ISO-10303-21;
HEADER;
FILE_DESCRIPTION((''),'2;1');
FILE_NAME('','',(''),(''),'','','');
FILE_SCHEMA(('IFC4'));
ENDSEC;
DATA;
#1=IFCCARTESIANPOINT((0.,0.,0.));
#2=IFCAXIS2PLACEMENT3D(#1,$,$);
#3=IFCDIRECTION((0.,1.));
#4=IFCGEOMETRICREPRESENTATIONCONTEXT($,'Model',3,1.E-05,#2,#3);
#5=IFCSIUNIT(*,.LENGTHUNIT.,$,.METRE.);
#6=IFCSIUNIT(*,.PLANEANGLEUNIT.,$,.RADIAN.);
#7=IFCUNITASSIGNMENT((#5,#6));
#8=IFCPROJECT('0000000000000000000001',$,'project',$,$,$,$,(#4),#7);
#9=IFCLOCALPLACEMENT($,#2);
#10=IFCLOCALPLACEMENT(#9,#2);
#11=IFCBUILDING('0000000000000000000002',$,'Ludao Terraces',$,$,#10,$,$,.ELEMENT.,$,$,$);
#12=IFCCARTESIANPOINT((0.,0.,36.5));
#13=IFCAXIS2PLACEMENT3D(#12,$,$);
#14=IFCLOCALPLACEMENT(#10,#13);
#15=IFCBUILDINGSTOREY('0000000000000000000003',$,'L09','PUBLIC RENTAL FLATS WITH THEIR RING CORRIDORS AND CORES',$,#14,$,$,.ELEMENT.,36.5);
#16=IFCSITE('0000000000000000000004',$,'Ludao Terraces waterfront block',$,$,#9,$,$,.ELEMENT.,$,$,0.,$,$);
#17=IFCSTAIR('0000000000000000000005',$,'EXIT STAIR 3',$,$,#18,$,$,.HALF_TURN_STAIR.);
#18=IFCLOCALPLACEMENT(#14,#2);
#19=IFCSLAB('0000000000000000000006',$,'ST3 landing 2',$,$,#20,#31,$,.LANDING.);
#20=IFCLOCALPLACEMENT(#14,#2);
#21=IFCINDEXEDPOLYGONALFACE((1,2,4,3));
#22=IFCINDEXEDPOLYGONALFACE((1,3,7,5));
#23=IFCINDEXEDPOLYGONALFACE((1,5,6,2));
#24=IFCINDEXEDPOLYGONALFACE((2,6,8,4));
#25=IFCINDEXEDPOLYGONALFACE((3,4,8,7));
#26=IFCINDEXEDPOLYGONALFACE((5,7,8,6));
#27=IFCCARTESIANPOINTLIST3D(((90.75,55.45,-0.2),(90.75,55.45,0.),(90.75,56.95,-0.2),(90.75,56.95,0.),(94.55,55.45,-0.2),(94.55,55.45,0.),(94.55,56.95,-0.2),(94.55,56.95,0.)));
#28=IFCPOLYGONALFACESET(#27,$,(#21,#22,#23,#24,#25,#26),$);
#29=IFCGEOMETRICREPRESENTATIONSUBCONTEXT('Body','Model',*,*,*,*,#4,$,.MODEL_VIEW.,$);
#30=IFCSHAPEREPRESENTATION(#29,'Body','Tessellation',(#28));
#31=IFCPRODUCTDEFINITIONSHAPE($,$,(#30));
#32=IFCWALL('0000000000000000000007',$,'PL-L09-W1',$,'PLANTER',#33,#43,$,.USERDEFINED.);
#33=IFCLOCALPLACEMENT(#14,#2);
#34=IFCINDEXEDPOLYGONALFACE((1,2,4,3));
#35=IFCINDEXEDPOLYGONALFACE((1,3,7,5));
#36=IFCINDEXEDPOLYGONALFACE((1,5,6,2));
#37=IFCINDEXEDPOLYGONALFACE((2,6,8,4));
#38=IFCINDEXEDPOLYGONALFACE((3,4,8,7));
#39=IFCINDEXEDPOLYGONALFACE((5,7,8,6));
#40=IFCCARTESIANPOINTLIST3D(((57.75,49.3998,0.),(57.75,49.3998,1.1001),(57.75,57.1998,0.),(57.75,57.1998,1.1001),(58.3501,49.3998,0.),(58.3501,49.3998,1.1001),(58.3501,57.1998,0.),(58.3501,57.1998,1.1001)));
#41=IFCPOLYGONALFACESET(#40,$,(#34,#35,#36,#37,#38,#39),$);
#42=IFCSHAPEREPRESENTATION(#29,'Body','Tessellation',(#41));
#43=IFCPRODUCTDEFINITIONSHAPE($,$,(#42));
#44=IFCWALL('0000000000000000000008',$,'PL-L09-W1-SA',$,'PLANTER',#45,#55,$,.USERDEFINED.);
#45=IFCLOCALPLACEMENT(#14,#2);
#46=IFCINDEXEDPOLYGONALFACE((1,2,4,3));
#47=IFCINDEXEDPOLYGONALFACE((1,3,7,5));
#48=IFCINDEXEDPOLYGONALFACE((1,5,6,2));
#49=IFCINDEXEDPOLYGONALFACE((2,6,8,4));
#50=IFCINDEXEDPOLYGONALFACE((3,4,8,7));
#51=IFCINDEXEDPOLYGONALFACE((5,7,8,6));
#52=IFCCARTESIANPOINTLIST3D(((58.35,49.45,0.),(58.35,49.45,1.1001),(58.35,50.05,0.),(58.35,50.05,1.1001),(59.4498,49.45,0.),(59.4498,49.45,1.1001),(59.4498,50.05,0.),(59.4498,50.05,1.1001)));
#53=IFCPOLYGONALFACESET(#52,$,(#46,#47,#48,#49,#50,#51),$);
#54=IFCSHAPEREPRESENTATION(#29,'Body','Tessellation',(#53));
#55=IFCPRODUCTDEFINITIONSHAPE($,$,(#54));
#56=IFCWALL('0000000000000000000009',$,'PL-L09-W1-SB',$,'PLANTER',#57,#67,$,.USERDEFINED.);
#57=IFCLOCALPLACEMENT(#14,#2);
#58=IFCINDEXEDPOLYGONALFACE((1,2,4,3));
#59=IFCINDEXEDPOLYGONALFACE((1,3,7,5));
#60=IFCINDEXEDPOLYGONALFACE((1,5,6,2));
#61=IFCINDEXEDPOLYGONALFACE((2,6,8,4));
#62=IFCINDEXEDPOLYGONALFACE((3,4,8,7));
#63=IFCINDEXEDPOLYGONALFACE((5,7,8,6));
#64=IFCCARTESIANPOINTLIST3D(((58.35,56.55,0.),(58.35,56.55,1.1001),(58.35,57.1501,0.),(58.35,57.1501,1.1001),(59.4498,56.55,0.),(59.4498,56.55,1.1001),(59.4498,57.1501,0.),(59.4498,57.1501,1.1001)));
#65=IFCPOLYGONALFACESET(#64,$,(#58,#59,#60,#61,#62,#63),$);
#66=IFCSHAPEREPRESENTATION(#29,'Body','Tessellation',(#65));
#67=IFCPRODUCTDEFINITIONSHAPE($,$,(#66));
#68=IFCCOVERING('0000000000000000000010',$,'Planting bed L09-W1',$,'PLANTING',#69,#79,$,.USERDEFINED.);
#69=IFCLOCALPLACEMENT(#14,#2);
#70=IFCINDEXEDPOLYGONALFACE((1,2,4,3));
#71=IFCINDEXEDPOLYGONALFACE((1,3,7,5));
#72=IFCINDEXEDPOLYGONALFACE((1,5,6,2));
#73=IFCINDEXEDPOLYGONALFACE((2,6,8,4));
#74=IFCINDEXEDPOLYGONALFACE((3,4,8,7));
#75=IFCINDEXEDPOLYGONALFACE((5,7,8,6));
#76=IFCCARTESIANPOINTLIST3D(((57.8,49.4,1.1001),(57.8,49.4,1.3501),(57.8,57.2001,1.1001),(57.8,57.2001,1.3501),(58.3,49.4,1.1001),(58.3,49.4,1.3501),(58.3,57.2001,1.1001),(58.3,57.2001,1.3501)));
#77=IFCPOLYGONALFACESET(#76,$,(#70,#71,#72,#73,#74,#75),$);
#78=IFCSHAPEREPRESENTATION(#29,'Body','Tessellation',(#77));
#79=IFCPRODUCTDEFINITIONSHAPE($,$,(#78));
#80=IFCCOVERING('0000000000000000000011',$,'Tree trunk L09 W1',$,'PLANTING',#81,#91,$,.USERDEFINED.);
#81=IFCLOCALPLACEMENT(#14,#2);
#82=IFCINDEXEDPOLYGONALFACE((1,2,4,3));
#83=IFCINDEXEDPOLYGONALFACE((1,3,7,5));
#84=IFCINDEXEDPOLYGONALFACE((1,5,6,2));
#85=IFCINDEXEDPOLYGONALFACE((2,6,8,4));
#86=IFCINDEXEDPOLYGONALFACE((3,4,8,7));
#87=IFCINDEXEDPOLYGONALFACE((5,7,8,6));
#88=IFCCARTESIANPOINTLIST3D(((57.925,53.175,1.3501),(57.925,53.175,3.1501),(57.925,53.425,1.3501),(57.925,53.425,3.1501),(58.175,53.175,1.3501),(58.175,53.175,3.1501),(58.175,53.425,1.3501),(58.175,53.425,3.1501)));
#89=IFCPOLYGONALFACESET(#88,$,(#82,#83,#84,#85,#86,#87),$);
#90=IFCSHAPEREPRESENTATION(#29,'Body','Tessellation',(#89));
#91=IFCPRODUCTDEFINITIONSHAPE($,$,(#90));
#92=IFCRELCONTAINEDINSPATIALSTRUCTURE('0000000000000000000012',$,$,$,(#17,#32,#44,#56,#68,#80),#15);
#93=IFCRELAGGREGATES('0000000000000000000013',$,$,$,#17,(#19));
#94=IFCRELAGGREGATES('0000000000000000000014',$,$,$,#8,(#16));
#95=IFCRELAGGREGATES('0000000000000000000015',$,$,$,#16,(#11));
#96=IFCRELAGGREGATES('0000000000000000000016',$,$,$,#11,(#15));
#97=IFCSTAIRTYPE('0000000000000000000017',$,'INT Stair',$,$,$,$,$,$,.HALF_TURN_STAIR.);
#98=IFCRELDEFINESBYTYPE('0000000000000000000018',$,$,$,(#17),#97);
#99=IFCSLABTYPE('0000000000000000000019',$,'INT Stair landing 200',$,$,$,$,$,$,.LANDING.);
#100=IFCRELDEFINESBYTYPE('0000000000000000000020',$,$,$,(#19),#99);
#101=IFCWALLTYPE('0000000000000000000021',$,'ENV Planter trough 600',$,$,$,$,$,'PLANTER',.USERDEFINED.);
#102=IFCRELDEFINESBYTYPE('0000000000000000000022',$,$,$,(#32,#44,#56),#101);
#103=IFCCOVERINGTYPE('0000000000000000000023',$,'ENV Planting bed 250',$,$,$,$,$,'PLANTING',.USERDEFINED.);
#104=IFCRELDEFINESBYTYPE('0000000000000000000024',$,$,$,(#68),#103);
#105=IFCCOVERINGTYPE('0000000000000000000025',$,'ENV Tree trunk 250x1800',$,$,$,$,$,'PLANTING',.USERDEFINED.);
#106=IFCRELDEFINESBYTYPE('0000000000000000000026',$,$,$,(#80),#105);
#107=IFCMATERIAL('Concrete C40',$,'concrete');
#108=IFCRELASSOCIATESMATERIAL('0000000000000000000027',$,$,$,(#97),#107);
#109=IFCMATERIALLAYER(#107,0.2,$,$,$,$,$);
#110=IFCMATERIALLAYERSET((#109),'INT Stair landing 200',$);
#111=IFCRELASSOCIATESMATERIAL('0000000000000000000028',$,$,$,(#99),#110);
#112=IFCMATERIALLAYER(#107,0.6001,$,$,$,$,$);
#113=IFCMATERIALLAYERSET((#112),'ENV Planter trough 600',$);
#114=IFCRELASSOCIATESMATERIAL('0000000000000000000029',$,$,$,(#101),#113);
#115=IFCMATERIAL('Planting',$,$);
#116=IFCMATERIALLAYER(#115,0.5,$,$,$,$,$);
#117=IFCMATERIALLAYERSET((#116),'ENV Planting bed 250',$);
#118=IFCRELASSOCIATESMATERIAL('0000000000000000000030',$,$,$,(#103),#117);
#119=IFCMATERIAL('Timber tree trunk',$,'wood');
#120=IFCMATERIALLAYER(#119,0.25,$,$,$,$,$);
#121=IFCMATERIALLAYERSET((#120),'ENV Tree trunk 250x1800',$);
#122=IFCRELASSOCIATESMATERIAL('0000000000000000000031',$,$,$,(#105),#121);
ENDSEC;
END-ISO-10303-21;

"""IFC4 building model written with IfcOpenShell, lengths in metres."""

from ifc_helpers import new_model, si_unit, direction, frame, frame_2d, origin, origin_2d, place, context, subcontext, project, spatial, polyline, rectangle, outline, extrude, material, layer, layer_set, type_object, element, aggregate, save


model = new_model("IFC4")

# Units and contexts
model_context = context("Model", 3, precision=1e-05, world=origin(), true_north=direction((0.0, 1.0)))
body_context = subcontext(model_context, "Body", "Model", "MODEL_VIEW")
ifc_project = project(units=[si_unit("LENGTHUNIT", "METRE"), si_unit("PLANEANGLEUNIT", "RADIAN")], contexts=[model_context])

# Site, building, storey
site_placement = place(None, origin())
site = spatial("IfcSite", under=ifc_project, at=site_placement, Name="Ludao Terraces waterfront block", CompositionType="ELEMENT", RefElevation=0.0)
building_placement = place(site_placement, origin())
building = spatial("IfcBuilding", under=site, at=building_placement, Name="Ludao Terraces", CompositionType="ELEMENT")
storey_placement = place(building_placement, frame((0.0, 0.0, 36.5)))
storey = spatial("IfcBuildingStorey", under=building, at=storey_placement, Name="L09", Description="PUBLIC RENTAL FLATS WITH THEIR RING CORRIDORS AND CORES", CompositionType="ELEMENT", Elevation=36.5)

# Shared definitions
ifc_material_1 = material(Name="Concrete C40", Category="concrete")

# Stair, slab
stair_type = type_object("IfcStairType", Name="INT Stair", PredefinedType="HALF_TURN_STAIR", material=ifc_material_1)
ifc_layer_1 = layer(ifc_material_1, 0.2)
ifc_layer_set_1 = layer_set([ifc_layer_1], Name="INT Stair landing 200")
slab_type_1 = type_object("IfcSlabType", Name="INT Stair landing 200", PredefinedType="LANDING", material=ifc_layer_set_1)
stair_1_placement = place(storey_placement, origin())
stair_1 = element("IfcStair", 1, at=stair_1_placement, inside=storey, type_object=stair_type, Name="EXIT STAIR 3", PredefinedType="HALF_TURN_STAIR")
slab_1_placement = place(storey_placement, frame((0.0, 0.0, -0.2)))
slab_1 = element("IfcSlab", 2, at=slab_1_placement, type_object=slab_type_1, Name="ST3 landing 2", PredefinedType="LANDING", context=body_context, shape_type="SweptSolid", body=[
    extrude(outline(polyline([(90.75, 55.45), (94.55, 55.45), (94.55, 56.95), (90.75, 56.95), (90.75, 55.45)])), origin(), (0.0, 0.0, 1.0), 0.2),
])
aggregate(stair_1, [slab_1])

# Walls
ifc_layer_2 = layer(ifc_material_1, 0.6001)
ifc_layer_set_2 = layer_set([ifc_layer_2], Name="ENV Planter trough 600")
wall_type = type_object("IfcWallType", Name="ENV Planter trough 600", ElementType="PLANTER", PredefinedType="USERDEFINED", material=ifc_layer_set_2)
wall_placement = place(storey_placement, frame((58.05, 49.3999, 0.0), z_axis=(0.0, 0.0, 1.0), x_axis=(0.0, 1.0, 0.0)))
element("IfcWall", 3, at=wall_placement, inside=storey, type_object=wall_type, Name="PL-L09-W1", ObjectType="PLANTER", PredefinedType="USERDEFINED", context=body_context, shape_type="SweptSolid", body=[
    extrude(rectangle(XDim=7.8, YDim=0.6001, at=frame_2d((3.8999, 0.0))), origin(), (0.0, 0.0, 1.0), 1.1001),
])
for number, where, z_axis, x_axis, name in (
    (4, (58.3501, 49.75, 0.0), (0.0, 0.0, 1.0), (1.0, 0.0, 0.0), "PL-L09-W1-SA"),
    (5, (58.3501, 56.8501, 0.0), (0.0, 0.0, 1.0), (1.0, 0.0, 0.0), "PL-L09-W1-SB"),
):
    element("IfcWall", number, at=place(storey_placement, frame(where, z_axis=z_axis, x_axis=x_axis)), inside=storey, type_object=wall_type, Name=name, ObjectType="PLANTER", PredefinedType="USERDEFINED", context=body_context, shape_type="SweptSolid", body=[
        extrude(rectangle(XDim=1.0999, YDim=0.6001, at=frame_2d((0.5498, 0.0))), origin(), (0.0, 0.0, 1.0), 1.1001),
    ])

# Coverings
ifc_material_2 = material(Name="Planting")
ifc_layer_3 = layer(ifc_material_2, 0.5)
ifc_layer_set_3 = layer_set([ifc_layer_3], Name="ENV Planting bed 250")
covering_type_1 = type_object("IfcCoveringType", Name="ENV Planting bed 250", ElementType="PLANTING", PredefinedType="USERDEFINED", material=ifc_layer_set_3)
covering_1_placement = place(storey_placement, frame((58.05, 53.3, 1.1001), z_axis=(0.0, 0.0, 1.0), x_axis=(1.0, 0.0, 0.0)))
element("IfcCovering", 6, at=covering_1_placement, inside=storey, type_object=covering_type_1, Name="Planting bed L09-W1", ObjectType="PLANTING", PredefinedType="USERDEFINED", context=body_context, shape_type="SweptSolid", body=[
    extrude(rectangle(XDim=0.5, YDim=7.8, at=origin_2d()), origin(), (0.0, 0.0, 1.0), 0.25),
])
ifc_material_3 = material(Name="Timber tree trunk", Category="wood")
ifc_layer_4 = layer(ifc_material_3, 0.25)
ifc_layer_set_4 = layer_set([ifc_layer_4], Name="ENV Tree trunk 250x1800")
covering_type_2 = type_object("IfcCoveringType", Name="ENV Tree trunk 250x1800", ElementType="PLANTING", PredefinedType="USERDEFINED", material=ifc_layer_set_4)
covering_2_placement = place(storey_placement, frame((58.05, 53.3, 1.3501), z_axis=(0.0, 0.0, 1.0), x_axis=(1.0, 0.0, 0.0)))
element("IfcCovering", 7, at=covering_2_placement, inside=storey, type_object=covering_type_2, Name="Tree trunk L09 W1", ObjectType="PLANTING", PredefinedType="USERDEFINED", context=body_context, shape_type="SweptSolid", body=[
    extrude(rectangle(XDim=0.25, YDim=0.25, at=origin_2d()), origin(), (0.0, 0.0, 1.0), 1.8),
])

save(model, "model.ifc")
